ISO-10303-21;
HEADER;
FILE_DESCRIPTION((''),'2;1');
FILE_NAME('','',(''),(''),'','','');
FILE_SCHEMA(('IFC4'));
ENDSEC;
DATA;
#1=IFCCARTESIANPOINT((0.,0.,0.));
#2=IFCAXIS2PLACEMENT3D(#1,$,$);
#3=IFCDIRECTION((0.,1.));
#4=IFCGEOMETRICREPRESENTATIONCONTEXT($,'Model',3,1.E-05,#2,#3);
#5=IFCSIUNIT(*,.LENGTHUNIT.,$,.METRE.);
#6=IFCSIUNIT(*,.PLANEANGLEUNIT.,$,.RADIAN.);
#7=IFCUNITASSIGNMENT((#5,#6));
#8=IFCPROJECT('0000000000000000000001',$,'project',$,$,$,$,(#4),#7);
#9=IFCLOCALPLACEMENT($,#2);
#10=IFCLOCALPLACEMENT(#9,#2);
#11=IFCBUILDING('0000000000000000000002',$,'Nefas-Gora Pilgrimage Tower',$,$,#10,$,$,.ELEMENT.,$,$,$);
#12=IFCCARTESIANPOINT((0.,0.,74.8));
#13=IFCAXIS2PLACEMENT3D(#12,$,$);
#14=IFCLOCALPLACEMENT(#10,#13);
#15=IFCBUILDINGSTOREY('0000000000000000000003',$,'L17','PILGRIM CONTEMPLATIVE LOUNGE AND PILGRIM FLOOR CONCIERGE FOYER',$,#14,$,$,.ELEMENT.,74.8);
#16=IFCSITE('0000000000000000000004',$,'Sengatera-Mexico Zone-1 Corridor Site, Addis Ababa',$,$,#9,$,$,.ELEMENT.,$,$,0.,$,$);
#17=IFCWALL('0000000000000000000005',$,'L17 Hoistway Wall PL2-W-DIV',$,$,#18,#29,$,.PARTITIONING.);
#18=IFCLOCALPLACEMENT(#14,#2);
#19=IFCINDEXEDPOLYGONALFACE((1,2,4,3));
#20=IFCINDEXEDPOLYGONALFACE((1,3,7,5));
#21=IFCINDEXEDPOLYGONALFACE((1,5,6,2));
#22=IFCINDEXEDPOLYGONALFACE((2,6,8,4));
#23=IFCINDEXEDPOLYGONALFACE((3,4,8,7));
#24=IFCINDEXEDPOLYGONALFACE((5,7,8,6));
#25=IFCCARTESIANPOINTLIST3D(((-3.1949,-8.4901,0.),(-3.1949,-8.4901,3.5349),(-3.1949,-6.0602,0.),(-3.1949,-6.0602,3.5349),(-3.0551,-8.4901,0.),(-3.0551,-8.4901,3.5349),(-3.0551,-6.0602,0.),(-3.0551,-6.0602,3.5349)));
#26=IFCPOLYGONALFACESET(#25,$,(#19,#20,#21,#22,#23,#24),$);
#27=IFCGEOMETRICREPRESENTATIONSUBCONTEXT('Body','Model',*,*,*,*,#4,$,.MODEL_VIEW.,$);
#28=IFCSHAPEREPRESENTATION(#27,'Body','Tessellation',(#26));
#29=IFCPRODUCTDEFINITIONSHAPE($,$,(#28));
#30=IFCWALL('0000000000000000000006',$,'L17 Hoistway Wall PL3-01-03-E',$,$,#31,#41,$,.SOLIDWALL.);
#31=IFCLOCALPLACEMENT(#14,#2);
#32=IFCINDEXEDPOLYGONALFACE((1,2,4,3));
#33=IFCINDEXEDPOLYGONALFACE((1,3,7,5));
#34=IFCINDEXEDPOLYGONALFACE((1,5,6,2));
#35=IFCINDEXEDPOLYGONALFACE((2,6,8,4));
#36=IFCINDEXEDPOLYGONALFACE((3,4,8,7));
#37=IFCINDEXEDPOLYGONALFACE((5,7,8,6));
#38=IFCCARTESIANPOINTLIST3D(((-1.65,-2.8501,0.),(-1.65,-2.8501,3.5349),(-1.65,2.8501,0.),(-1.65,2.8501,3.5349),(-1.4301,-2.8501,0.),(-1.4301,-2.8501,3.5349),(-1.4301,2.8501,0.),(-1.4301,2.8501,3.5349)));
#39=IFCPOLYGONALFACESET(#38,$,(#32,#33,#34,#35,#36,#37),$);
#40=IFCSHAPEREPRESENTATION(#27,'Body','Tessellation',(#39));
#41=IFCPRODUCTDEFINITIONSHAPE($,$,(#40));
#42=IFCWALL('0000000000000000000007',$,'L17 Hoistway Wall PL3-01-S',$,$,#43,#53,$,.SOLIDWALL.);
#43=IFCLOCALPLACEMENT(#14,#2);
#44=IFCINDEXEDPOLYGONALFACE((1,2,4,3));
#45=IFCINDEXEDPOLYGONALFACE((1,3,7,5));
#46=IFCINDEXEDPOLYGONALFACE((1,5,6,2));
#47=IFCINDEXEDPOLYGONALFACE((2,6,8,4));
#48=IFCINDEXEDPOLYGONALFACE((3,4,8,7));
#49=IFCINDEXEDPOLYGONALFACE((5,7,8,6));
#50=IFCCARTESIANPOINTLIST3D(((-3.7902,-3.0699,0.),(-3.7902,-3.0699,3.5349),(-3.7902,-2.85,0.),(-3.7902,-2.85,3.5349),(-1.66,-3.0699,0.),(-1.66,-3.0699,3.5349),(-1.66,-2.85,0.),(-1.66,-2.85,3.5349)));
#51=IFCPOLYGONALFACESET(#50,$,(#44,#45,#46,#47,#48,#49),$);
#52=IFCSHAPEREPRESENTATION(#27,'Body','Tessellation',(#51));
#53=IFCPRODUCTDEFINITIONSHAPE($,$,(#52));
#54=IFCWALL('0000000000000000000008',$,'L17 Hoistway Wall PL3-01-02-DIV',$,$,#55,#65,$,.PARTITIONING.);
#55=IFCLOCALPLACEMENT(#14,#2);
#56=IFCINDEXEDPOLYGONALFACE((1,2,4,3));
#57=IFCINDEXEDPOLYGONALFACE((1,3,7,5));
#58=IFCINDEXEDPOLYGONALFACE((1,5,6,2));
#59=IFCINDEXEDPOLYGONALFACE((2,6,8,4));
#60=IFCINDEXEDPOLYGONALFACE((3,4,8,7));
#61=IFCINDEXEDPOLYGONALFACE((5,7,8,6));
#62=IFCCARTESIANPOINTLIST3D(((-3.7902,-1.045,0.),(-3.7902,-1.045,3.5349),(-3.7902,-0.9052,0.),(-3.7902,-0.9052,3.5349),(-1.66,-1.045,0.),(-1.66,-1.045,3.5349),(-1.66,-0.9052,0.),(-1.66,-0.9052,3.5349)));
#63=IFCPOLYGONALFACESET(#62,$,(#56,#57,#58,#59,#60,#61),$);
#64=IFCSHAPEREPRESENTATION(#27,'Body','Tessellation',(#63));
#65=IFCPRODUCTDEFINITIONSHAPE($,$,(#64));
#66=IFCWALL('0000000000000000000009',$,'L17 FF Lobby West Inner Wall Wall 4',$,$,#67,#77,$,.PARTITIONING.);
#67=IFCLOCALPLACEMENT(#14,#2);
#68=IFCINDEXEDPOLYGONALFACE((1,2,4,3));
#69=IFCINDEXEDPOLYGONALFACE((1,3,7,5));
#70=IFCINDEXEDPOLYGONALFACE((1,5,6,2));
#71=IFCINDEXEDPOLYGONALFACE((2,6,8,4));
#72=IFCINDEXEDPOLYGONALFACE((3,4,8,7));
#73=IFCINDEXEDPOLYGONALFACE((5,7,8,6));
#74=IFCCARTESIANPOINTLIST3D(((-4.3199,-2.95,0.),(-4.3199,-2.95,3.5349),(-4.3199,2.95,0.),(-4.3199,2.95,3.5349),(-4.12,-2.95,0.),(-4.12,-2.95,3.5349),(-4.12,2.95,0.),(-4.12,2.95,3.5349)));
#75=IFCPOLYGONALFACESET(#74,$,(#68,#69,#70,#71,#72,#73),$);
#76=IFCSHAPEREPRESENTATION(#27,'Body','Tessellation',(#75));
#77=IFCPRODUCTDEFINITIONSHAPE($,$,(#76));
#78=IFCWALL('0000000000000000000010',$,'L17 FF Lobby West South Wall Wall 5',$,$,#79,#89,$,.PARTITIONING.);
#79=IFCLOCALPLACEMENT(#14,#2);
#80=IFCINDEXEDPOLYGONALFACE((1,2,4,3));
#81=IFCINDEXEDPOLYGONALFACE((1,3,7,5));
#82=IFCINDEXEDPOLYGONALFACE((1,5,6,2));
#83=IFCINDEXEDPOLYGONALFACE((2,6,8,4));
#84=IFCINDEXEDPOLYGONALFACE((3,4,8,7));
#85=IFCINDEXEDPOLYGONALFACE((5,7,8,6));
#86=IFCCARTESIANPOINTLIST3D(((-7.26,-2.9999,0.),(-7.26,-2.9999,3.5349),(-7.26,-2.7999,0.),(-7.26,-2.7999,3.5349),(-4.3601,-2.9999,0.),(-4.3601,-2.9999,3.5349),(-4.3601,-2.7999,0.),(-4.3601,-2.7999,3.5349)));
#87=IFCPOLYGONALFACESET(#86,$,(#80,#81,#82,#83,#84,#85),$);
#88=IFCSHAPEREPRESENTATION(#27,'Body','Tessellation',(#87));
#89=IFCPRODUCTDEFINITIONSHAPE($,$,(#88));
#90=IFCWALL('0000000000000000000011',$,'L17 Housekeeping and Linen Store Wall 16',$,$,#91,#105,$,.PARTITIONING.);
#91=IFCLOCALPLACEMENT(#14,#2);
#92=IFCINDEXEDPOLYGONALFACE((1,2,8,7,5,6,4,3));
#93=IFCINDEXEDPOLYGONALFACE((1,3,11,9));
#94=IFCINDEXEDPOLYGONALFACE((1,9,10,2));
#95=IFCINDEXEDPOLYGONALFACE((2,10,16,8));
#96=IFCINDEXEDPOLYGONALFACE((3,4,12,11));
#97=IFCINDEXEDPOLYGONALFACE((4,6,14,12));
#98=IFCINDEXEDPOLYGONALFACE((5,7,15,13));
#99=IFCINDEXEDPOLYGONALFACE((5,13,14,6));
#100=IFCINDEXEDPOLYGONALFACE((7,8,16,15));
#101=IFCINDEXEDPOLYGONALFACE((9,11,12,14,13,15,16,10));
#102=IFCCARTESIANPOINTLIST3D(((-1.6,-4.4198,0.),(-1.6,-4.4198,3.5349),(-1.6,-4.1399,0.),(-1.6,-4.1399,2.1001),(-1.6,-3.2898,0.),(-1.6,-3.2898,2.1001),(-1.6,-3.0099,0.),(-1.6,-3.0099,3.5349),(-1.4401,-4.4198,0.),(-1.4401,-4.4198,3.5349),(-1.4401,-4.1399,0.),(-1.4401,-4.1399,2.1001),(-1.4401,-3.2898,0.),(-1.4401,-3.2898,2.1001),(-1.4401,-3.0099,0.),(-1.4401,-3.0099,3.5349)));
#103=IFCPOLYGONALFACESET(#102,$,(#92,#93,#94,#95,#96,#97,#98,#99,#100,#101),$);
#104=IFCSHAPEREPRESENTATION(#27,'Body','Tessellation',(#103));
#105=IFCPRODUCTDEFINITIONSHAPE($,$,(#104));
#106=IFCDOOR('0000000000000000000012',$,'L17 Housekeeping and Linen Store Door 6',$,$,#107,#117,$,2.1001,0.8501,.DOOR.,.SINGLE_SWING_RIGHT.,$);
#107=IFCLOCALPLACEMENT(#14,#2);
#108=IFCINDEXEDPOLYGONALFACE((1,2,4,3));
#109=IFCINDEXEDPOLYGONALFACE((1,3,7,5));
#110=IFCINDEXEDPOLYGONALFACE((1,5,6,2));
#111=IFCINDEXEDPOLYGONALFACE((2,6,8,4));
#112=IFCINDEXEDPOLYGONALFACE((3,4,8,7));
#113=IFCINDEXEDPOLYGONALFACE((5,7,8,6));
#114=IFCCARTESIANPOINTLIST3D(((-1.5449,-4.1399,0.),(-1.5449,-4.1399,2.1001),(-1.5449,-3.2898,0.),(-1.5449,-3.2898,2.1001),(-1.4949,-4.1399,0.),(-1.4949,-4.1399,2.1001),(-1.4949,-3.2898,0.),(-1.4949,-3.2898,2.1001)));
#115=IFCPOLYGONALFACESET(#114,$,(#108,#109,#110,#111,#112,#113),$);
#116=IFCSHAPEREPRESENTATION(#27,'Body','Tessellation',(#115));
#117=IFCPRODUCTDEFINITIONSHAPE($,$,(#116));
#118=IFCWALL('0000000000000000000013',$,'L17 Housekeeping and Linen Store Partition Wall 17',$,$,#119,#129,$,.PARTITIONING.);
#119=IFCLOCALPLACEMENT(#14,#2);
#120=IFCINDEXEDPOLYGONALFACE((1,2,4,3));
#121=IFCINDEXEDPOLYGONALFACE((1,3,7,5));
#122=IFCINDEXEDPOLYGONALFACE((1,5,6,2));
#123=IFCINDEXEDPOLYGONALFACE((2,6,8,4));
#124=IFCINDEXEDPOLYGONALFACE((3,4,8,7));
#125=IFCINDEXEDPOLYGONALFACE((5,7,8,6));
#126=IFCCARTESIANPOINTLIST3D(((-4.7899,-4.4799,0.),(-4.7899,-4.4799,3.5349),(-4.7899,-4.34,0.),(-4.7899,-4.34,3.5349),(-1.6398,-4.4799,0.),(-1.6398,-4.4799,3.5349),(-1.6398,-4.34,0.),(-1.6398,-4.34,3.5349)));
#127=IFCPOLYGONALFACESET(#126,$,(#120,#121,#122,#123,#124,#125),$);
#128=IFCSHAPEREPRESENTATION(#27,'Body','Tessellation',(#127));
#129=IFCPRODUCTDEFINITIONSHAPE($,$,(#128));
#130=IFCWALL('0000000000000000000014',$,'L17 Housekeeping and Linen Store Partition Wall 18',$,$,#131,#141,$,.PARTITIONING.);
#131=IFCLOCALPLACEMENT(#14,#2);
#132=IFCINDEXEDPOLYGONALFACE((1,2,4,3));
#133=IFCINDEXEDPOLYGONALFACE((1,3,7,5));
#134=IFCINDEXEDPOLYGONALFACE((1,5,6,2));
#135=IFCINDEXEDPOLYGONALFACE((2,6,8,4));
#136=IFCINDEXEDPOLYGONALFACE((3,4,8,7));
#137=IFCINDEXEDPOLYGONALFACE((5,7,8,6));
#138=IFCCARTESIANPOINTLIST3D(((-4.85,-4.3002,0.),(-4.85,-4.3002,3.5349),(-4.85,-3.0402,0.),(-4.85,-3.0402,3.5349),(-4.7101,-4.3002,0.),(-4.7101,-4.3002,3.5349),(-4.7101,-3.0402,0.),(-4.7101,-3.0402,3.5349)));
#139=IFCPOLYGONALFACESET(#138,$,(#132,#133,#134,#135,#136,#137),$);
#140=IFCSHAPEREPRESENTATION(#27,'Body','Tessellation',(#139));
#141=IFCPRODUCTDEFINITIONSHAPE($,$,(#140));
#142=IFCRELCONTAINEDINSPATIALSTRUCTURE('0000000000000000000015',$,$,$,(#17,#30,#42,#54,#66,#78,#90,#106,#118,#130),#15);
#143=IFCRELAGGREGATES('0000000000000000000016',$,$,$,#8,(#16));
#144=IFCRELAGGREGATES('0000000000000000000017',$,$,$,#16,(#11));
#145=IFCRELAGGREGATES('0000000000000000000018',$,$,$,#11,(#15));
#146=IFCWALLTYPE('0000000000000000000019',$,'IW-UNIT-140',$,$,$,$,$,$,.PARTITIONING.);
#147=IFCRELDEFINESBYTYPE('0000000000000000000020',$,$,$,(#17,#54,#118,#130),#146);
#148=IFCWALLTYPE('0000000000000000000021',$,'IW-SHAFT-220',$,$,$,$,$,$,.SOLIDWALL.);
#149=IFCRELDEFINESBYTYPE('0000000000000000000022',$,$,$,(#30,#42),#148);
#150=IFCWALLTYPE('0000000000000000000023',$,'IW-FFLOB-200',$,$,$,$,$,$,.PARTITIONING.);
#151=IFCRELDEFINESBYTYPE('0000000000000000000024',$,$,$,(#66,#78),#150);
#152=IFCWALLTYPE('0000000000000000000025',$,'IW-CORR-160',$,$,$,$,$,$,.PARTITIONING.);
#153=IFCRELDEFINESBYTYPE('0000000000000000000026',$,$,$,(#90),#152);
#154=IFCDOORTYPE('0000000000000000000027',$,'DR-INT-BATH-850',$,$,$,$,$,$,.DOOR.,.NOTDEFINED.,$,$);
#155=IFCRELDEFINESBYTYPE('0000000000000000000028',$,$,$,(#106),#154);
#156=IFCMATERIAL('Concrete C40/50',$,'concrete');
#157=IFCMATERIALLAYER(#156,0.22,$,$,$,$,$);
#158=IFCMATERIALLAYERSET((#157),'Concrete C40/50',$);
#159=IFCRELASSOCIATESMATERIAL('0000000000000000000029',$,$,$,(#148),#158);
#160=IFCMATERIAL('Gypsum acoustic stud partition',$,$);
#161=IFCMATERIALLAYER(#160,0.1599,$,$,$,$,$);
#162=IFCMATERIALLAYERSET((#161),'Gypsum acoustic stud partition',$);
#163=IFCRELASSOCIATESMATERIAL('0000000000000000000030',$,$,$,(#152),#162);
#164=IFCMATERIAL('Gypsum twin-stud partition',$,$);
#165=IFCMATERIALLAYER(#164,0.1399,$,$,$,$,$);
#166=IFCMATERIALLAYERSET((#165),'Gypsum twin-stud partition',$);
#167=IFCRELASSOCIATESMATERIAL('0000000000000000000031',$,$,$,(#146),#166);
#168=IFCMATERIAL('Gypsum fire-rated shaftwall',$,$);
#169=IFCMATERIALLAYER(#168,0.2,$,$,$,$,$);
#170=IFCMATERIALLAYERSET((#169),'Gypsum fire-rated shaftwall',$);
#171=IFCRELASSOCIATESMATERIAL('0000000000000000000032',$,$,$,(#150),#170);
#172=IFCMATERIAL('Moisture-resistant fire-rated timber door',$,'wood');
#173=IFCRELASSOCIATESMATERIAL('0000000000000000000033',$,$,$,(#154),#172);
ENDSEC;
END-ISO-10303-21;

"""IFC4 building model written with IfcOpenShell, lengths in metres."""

from ifc_helpers import new_model, si_unit, direction, frame, frame_2d, origin, place, context, subcontext, project, spatial, rectangle, extrude, source, transform, mapped, material, layer, layer_set, type_object, element, fill, save


model = new_model("IFC4")

# Units and contexts
model_context = context("Model", 3, precision=1e-05, world=origin(), true_north=direction((0.0, 1.0)))
body_context = subcontext(model_context, "Body", "Model", "MODEL_VIEW")
ifc_project = project(units=[si_unit("LENGTHUNIT", "METRE"), si_unit("PLANEANGLEUNIT", "RADIAN")], contexts=[model_context])

# Site, building, storey
site_placement = place(None, origin())
site = spatial("IfcSite", under=ifc_project, at=site_placement, Name="Sengatera-Mexico Zone-1 Corridor Site, Addis Ababa", CompositionType="ELEMENT", RefElevation=0.0)
building_placement = place(site_placement, origin())
building = spatial("IfcBuilding", under=site, at=building_placement, Name="Nefas-Gora Pilgrimage Tower", CompositionType="ELEMENT")
storey_placement = place(building_placement, frame((0.0, 0.0, 74.8)))
storey = spatial("IfcBuildingStorey", under=building, at=storey_placement, Name="L17", Description="PILGRIM CONTEMPLATIVE LOUNGE AND PILGRIM FLOOR CONCIERGE FOYER", CompositionType="ELEMENT", Elevation=74.8)

# Walls
ifc_material_1 = material(Name="Concrete C40/50", Category="concrete")
ifc_layer_1 = layer(ifc_material_1, 0.22)
ifc_layer_set_1 = layer_set([ifc_layer_1], Name="Concrete C40/50")
wall_type_1 = type_object("IfcWallType", Name="IW-SHAFT-220", PredefinedType="SOLIDWALL", material=ifc_layer_set_1)
ifc_material_2 = material(Name="Gypsum acoustic stud partition")
ifc_layer_2 = layer(ifc_material_2, 0.1599)
ifc_layer_set_2 = layer_set([ifc_layer_2], Name="Gypsum acoustic stud partition")
wall_type_2 = type_object("IfcWallType", Name="IW-CORR-160", PredefinedType="PARTITIONING", material=ifc_layer_set_2)
ifc_material_3 = material(Name="Gypsum twin-stud partition")
ifc_layer_3 = layer(ifc_material_3, 0.1399)
ifc_layer_set_3 = layer_set([ifc_layer_3], Name="Gypsum twin-stud partition")
wall_type_3 = type_object("IfcWallType", Name="IW-UNIT-140", PredefinedType="PARTITIONING", material=ifc_layer_set_3)
shared_shape_1 = source(origin(), body_context, "Body", "SweptSolid", [
    extrude(rectangle(XDim=2.4299, YDim=0.1399, at=frame_2d((1.2148, 0.0))), origin(), (0.0, 0.0, 1.0), 3.5349),
])
wall_1_placement = place(storey_placement, frame((-3.125, -8.49, 0.0), z_axis=(0.0, 0.0, 1.0), x_axis=(0.0, 1.0, 0.0)))
element("IfcWall", 1, at=wall_1_placement, inside=storey, type_object=wall_type_3, Name="L17 Hoistway Wall PL2-W-DIV", PredefinedType="PARTITIONING", context=body_context, shape_type="MappedRepresentation", body=[
    mapped(shared_shape_1, transform((0.0, 0.0, 0.0), x_axis=(1.0, 0.0, 0.0), y_axis=(0.0, 1.0, 0.0), z_axis=(0.0, 0.0, 1.0), scale=1.0)),
])
shared_shape_2 = source(origin(), body_context, "Body", "SweptSolid", [
    extrude(rectangle(XDim=5.7002, YDim=0.22, at=frame_2d((2.8501, 0.0))), origin(), (0.0, 0.0, 1.0), 3.5349),
])
wall_2_placement = place(storey_placement, frame((-1.54, -2.8501, 0.0), z_axis=(0.0, 0.0, 1.0), x_axis=(0.0, 1.0, 0.0)))
element("IfcWall", 2, at=wall_2_placement, inside=storey, type_object=wall_type_1, Name="L17 Hoistway Wall PL3-01-03-E", PredefinedType="SOLIDWALL", context=body_context, shape_type="MappedRepresentation", body=[
    mapped(shared_shape_2, transform((0.0, 0.0, 0.0), x_axis=(1.0, 0.0, 0.0), y_axis=(0.0, 1.0, 0.0), z_axis=(0.0, 0.0, 1.0), scale=1.0)),
])
shared_shape_3 = source(origin(), body_context, "Body", "SweptSolid", [
    extrude(rectangle(XDim=2.1301, YDim=0.22, at=frame_2d((1.0649, 0.0))), origin(), (0.0, 0.0, 1.0), 3.5349),
])
wall_3_placement = place(storey_placement, frame((-3.79, -2.96, 0.0), z_axis=(0.0, 0.0, 1.0), x_axis=(1.0, 0.0, 0.0)))
element("IfcWall", 3, at=wall_3_placement, inside=storey, type_object=wall_type_1, Name="L17 Hoistway Wall PL3-01-S", PredefinedType="SOLIDWALL", context=body_context, shape_type="MappedRepresentation", body=[
    mapped(shared_shape_3, transform((0.0, 0.0, 0.0), x_axis=(1.0, 0.0, 0.0), y_axis=(0.0, 1.0, 0.0), z_axis=(0.0, 0.0, 1.0), scale=1.0)),
])
shared_shape_4 = source(origin(), body_context, "Body", "SweptSolid", [
    extrude(rectangle(XDim=2.1301, YDim=0.1399, at=frame_2d((1.0649, 0.0))), origin(), (0.0, 0.0, 1.0), 3.5349),
])
wall_4_placement = place(storey_placement, frame((-3.79, -0.9751, 0.0), z_axis=(0.0, 0.0, 1.0), x_axis=(1.0, 0.0, 0.0)))
element("IfcWall", 4, at=wall_4_placement, inside=storey, type_object=wall_type_3, Name="L17 Hoistway Wall PL3-01-02-DIV", PredefinedType="PARTITIONING", context=body_context, shape_type="MappedRepresentation", body=[
    mapped(shared_shape_4, transform((0.0, 0.0, 0.0), x_axis=(1.0, 0.0, 0.0), y_axis=(0.0, 1.0, 0.0), z_axis=(0.0, 0.0, 1.0), scale=1.0)),
])
ifc_material_4 = material(Name="Gypsum fire-rated shaftwall")
ifc_layer_4 = layer(ifc_material_4, 0.2)
ifc_layer_set_4 = layer_set([ifc_layer_4], Name="Gypsum fire-rated shaftwall")
wall_type_4 = type_object("IfcWallType", Name="IW-FFLOB-200", PredefinedType="PARTITIONING", material=ifc_layer_set_4)
shared_shape_5 = source(origin(), body_context, "Body", "SweptSolid", [
    extrude(rectangle(XDim=5.8999, YDim=0.2, at=frame_2d((2.95, 0.0))), origin(), (0.0, 0.0, 1.0), 3.5349),
])
wall_5_placement = place(storey_placement, frame((-4.22, -2.95, 0.0), z_axis=(0.0, 0.0, 1.0), x_axis=(0.0, 1.0, 0.0)))
element("IfcWall", 5, at=wall_5_placement, inside=storey, type_object=wall_type_4, Name="L17 FF Lobby West Inner Wall Wall 4", PredefinedType="PARTITIONING", context=body_context, shape_type="MappedRepresentation", body=[
    mapped(shared_shape_5, transform((0.0, 0.0, 0.0), x_axis=(1.0, 0.0, 0.0), y_axis=(0.0, 1.0, 0.0), z_axis=(0.0, 0.0, 1.0), scale=1.0)),
])
shared_shape_6 = source(origin(), body_context, "Body", "SweptSolid", [
    extrude(rectangle(XDim=2.8999, YDim=0.2, at=frame_2d((1.45, 0.0))), origin(), (0.0, 0.0, 1.0), 3.5349),
])
wall_6_placement = place(storey_placement, frame((-7.26, -2.8999, 0.0), z_axis=(0.0, 0.0, 1.0), x_axis=(1.0, 0.0, 0.0)))
element("IfcWall", 6, at=wall_6_placement, inside=storey, type_object=wall_type_4, Name="L17 FF Lobby West South Wall Wall 5", PredefinedType="PARTITIONING", context=body_context, shape_type="MappedRepresentation", body=[
    mapped(shared_shape_6, transform((0.0, 0.0, 0.0), x_axis=(1.0, 0.0, 0.0), y_axis=(0.0, 1.0, 0.0), z_axis=(0.0, 0.0, 1.0), scale=1.0)),
])

# Wall, opening, door
shared_shape_7 = source(origin(), body_context, "Body", "SweptSolid", [
    extrude(rectangle(XDim=1.4099, YDim=0.1599, at=frame_2d((0.7051, 0.0))), origin(), (0.0, 0.0, 1.0), 3.5349),
])
wall_7_placement = place(storey_placement, frame((-1.52, -4.4199, 0.0), z_axis=(0.0, 0.0, 1.0), x_axis=(0.0, 1.0, 0.0)))
wall_7 = element("IfcWall", 7, at=wall_7_placement, inside=storey, type_object=wall_type_2, Name="L17 Housekeeping and Linen Store Wall 16", PredefinedType="PARTITIONING", context=body_context, shape_type="MappedRepresentation", body=[
    mapped(shared_shape_7, transform((0.0, 0.0, 0.0), x_axis=(1.0, 0.0, 0.0), y_axis=(0.0, 1.0, 0.0), z_axis=(0.0, 0.0, 1.0), scale=1.0)),
])
opening_1_placement = place(wall_7_placement, frame((0.28, 0.0, 0.0)))
opening_1 = element("IfcOpeningElement", 8, at=opening_1_placement, cuts=wall_7, PredefinedType="OPENING", context=body_context, shape_type="SweptSolid", body=[
    extrude(rectangle(XDim=0.8501, YDim=2.1001, at=frame_2d((0.425, 1.05))), frame((0.0, 0.0898, 0.0), z_axis=(0.0, -1.0, 0.0), x_axis=(1.0, 0.0, 0.0)), (0.0, 0.0, 1.0), 0.1799),
])
ifc_material_5 = material(Name="Moisture-resistant fire-rated timber door", Category="wood")
door_type_1 = type_object("IfcDoorType", Name="DR-INT-BATH-850", OperationType="NOTDEFINED", PredefinedType="DOOR", material=ifc_material_5)
shared_shape_8 = source(origin(), body_context, "Body", "SweptSolid", [
    extrude(rectangle(XDim=0.8501, YDim=2.1001, at=frame_2d((0.425, 1.05))), frame((0.0, 0.0249, 0.0), z_axis=(0.0, -1.0, 0.0), x_axis=(1.0, 0.0, 0.0)), (0.0, 0.0, 1.0), 0.05),
])
door_1_placement = place(opening_1_placement, origin())
door_1 = element("IfcDoor", 9, at=door_1_placement, inside=storey, type_object=door_type_1, Name="L17 Housekeeping and Linen Store Door 6", OperationType="SINGLE_SWING_RIGHT", OverallHeight=2.1001, OverallWidth=0.8501, PredefinedType="DOOR", context=body_context, shape_type="MappedRepresentation", body=[
    mapped(shared_shape_8, transform((0.0, 0.0, 0.0), x_axis=(1.0, 0.0, 0.0), y_axis=(0.0, 1.0, 0.0), z_axis=(0.0, 0.0, 1.0), scale=1.0)),
])
fill(opening_1, door_1)

# Walls
shared_shape_9 = source(origin(), body_context, "Body", "SweptSolid", [
    extrude(rectangle(XDim=3.1501, YDim=0.1399, at=frame_2d((1.5752, 0.0))), origin(), (0.0, 0.0, 1.0), 3.5349),
])
wall_8_placement = place(storey_placement, frame((-4.79, -4.4099, 0.0), z_axis=(0.0, 0.0, 1.0), x_axis=(1.0, 0.0, 0.0)))
element("IfcWall", 10, at=wall_8_placement, inside=storey, type_object=wall_type_3, Name="L17 Housekeeping and Linen Store Partition Wall 17", PredefinedType="PARTITIONING", context=body_context, shape_type="MappedRepresentation", body=[
    mapped(shared_shape_9, transform((0.0, 0.0, 0.0), x_axis=(1.0, 0.0, 0.0), y_axis=(0.0, 1.0, 0.0), z_axis=(0.0, 0.0, 1.0), scale=1.0)),
])
shared_shape_10 = source(origin(), body_context, "Body", "SweptSolid", [
    extrude(rectangle(XDim=1.26, YDim=0.1399, at=frame_2d((0.6299, 0.0))), origin(), (0.0, 0.0, 1.0), 3.5349),
])
wall_9_placement = place(storey_placement, frame((-4.78, -4.3, 0.0), z_axis=(0.0, 0.0, 1.0), x_axis=(0.0, 1.0, 0.0)))
element("IfcWall", 11, at=wall_9_placement, inside=storey, type_object=wall_type_3, Name="L17 Housekeeping and Linen Store Partition Wall 18", PredefinedType="PARTITIONING", context=body_context, shape_type="MappedRepresentation", body=[
    mapped(shared_shape_10, transform((0.0, 0.0, 0.0), x_axis=(1.0, 0.0, 0.0), y_axis=(0.0, 1.0, 0.0), z_axis=(0.0, 0.0, 1.0), scale=1.0)),
])

save(model, "model.ifc")
